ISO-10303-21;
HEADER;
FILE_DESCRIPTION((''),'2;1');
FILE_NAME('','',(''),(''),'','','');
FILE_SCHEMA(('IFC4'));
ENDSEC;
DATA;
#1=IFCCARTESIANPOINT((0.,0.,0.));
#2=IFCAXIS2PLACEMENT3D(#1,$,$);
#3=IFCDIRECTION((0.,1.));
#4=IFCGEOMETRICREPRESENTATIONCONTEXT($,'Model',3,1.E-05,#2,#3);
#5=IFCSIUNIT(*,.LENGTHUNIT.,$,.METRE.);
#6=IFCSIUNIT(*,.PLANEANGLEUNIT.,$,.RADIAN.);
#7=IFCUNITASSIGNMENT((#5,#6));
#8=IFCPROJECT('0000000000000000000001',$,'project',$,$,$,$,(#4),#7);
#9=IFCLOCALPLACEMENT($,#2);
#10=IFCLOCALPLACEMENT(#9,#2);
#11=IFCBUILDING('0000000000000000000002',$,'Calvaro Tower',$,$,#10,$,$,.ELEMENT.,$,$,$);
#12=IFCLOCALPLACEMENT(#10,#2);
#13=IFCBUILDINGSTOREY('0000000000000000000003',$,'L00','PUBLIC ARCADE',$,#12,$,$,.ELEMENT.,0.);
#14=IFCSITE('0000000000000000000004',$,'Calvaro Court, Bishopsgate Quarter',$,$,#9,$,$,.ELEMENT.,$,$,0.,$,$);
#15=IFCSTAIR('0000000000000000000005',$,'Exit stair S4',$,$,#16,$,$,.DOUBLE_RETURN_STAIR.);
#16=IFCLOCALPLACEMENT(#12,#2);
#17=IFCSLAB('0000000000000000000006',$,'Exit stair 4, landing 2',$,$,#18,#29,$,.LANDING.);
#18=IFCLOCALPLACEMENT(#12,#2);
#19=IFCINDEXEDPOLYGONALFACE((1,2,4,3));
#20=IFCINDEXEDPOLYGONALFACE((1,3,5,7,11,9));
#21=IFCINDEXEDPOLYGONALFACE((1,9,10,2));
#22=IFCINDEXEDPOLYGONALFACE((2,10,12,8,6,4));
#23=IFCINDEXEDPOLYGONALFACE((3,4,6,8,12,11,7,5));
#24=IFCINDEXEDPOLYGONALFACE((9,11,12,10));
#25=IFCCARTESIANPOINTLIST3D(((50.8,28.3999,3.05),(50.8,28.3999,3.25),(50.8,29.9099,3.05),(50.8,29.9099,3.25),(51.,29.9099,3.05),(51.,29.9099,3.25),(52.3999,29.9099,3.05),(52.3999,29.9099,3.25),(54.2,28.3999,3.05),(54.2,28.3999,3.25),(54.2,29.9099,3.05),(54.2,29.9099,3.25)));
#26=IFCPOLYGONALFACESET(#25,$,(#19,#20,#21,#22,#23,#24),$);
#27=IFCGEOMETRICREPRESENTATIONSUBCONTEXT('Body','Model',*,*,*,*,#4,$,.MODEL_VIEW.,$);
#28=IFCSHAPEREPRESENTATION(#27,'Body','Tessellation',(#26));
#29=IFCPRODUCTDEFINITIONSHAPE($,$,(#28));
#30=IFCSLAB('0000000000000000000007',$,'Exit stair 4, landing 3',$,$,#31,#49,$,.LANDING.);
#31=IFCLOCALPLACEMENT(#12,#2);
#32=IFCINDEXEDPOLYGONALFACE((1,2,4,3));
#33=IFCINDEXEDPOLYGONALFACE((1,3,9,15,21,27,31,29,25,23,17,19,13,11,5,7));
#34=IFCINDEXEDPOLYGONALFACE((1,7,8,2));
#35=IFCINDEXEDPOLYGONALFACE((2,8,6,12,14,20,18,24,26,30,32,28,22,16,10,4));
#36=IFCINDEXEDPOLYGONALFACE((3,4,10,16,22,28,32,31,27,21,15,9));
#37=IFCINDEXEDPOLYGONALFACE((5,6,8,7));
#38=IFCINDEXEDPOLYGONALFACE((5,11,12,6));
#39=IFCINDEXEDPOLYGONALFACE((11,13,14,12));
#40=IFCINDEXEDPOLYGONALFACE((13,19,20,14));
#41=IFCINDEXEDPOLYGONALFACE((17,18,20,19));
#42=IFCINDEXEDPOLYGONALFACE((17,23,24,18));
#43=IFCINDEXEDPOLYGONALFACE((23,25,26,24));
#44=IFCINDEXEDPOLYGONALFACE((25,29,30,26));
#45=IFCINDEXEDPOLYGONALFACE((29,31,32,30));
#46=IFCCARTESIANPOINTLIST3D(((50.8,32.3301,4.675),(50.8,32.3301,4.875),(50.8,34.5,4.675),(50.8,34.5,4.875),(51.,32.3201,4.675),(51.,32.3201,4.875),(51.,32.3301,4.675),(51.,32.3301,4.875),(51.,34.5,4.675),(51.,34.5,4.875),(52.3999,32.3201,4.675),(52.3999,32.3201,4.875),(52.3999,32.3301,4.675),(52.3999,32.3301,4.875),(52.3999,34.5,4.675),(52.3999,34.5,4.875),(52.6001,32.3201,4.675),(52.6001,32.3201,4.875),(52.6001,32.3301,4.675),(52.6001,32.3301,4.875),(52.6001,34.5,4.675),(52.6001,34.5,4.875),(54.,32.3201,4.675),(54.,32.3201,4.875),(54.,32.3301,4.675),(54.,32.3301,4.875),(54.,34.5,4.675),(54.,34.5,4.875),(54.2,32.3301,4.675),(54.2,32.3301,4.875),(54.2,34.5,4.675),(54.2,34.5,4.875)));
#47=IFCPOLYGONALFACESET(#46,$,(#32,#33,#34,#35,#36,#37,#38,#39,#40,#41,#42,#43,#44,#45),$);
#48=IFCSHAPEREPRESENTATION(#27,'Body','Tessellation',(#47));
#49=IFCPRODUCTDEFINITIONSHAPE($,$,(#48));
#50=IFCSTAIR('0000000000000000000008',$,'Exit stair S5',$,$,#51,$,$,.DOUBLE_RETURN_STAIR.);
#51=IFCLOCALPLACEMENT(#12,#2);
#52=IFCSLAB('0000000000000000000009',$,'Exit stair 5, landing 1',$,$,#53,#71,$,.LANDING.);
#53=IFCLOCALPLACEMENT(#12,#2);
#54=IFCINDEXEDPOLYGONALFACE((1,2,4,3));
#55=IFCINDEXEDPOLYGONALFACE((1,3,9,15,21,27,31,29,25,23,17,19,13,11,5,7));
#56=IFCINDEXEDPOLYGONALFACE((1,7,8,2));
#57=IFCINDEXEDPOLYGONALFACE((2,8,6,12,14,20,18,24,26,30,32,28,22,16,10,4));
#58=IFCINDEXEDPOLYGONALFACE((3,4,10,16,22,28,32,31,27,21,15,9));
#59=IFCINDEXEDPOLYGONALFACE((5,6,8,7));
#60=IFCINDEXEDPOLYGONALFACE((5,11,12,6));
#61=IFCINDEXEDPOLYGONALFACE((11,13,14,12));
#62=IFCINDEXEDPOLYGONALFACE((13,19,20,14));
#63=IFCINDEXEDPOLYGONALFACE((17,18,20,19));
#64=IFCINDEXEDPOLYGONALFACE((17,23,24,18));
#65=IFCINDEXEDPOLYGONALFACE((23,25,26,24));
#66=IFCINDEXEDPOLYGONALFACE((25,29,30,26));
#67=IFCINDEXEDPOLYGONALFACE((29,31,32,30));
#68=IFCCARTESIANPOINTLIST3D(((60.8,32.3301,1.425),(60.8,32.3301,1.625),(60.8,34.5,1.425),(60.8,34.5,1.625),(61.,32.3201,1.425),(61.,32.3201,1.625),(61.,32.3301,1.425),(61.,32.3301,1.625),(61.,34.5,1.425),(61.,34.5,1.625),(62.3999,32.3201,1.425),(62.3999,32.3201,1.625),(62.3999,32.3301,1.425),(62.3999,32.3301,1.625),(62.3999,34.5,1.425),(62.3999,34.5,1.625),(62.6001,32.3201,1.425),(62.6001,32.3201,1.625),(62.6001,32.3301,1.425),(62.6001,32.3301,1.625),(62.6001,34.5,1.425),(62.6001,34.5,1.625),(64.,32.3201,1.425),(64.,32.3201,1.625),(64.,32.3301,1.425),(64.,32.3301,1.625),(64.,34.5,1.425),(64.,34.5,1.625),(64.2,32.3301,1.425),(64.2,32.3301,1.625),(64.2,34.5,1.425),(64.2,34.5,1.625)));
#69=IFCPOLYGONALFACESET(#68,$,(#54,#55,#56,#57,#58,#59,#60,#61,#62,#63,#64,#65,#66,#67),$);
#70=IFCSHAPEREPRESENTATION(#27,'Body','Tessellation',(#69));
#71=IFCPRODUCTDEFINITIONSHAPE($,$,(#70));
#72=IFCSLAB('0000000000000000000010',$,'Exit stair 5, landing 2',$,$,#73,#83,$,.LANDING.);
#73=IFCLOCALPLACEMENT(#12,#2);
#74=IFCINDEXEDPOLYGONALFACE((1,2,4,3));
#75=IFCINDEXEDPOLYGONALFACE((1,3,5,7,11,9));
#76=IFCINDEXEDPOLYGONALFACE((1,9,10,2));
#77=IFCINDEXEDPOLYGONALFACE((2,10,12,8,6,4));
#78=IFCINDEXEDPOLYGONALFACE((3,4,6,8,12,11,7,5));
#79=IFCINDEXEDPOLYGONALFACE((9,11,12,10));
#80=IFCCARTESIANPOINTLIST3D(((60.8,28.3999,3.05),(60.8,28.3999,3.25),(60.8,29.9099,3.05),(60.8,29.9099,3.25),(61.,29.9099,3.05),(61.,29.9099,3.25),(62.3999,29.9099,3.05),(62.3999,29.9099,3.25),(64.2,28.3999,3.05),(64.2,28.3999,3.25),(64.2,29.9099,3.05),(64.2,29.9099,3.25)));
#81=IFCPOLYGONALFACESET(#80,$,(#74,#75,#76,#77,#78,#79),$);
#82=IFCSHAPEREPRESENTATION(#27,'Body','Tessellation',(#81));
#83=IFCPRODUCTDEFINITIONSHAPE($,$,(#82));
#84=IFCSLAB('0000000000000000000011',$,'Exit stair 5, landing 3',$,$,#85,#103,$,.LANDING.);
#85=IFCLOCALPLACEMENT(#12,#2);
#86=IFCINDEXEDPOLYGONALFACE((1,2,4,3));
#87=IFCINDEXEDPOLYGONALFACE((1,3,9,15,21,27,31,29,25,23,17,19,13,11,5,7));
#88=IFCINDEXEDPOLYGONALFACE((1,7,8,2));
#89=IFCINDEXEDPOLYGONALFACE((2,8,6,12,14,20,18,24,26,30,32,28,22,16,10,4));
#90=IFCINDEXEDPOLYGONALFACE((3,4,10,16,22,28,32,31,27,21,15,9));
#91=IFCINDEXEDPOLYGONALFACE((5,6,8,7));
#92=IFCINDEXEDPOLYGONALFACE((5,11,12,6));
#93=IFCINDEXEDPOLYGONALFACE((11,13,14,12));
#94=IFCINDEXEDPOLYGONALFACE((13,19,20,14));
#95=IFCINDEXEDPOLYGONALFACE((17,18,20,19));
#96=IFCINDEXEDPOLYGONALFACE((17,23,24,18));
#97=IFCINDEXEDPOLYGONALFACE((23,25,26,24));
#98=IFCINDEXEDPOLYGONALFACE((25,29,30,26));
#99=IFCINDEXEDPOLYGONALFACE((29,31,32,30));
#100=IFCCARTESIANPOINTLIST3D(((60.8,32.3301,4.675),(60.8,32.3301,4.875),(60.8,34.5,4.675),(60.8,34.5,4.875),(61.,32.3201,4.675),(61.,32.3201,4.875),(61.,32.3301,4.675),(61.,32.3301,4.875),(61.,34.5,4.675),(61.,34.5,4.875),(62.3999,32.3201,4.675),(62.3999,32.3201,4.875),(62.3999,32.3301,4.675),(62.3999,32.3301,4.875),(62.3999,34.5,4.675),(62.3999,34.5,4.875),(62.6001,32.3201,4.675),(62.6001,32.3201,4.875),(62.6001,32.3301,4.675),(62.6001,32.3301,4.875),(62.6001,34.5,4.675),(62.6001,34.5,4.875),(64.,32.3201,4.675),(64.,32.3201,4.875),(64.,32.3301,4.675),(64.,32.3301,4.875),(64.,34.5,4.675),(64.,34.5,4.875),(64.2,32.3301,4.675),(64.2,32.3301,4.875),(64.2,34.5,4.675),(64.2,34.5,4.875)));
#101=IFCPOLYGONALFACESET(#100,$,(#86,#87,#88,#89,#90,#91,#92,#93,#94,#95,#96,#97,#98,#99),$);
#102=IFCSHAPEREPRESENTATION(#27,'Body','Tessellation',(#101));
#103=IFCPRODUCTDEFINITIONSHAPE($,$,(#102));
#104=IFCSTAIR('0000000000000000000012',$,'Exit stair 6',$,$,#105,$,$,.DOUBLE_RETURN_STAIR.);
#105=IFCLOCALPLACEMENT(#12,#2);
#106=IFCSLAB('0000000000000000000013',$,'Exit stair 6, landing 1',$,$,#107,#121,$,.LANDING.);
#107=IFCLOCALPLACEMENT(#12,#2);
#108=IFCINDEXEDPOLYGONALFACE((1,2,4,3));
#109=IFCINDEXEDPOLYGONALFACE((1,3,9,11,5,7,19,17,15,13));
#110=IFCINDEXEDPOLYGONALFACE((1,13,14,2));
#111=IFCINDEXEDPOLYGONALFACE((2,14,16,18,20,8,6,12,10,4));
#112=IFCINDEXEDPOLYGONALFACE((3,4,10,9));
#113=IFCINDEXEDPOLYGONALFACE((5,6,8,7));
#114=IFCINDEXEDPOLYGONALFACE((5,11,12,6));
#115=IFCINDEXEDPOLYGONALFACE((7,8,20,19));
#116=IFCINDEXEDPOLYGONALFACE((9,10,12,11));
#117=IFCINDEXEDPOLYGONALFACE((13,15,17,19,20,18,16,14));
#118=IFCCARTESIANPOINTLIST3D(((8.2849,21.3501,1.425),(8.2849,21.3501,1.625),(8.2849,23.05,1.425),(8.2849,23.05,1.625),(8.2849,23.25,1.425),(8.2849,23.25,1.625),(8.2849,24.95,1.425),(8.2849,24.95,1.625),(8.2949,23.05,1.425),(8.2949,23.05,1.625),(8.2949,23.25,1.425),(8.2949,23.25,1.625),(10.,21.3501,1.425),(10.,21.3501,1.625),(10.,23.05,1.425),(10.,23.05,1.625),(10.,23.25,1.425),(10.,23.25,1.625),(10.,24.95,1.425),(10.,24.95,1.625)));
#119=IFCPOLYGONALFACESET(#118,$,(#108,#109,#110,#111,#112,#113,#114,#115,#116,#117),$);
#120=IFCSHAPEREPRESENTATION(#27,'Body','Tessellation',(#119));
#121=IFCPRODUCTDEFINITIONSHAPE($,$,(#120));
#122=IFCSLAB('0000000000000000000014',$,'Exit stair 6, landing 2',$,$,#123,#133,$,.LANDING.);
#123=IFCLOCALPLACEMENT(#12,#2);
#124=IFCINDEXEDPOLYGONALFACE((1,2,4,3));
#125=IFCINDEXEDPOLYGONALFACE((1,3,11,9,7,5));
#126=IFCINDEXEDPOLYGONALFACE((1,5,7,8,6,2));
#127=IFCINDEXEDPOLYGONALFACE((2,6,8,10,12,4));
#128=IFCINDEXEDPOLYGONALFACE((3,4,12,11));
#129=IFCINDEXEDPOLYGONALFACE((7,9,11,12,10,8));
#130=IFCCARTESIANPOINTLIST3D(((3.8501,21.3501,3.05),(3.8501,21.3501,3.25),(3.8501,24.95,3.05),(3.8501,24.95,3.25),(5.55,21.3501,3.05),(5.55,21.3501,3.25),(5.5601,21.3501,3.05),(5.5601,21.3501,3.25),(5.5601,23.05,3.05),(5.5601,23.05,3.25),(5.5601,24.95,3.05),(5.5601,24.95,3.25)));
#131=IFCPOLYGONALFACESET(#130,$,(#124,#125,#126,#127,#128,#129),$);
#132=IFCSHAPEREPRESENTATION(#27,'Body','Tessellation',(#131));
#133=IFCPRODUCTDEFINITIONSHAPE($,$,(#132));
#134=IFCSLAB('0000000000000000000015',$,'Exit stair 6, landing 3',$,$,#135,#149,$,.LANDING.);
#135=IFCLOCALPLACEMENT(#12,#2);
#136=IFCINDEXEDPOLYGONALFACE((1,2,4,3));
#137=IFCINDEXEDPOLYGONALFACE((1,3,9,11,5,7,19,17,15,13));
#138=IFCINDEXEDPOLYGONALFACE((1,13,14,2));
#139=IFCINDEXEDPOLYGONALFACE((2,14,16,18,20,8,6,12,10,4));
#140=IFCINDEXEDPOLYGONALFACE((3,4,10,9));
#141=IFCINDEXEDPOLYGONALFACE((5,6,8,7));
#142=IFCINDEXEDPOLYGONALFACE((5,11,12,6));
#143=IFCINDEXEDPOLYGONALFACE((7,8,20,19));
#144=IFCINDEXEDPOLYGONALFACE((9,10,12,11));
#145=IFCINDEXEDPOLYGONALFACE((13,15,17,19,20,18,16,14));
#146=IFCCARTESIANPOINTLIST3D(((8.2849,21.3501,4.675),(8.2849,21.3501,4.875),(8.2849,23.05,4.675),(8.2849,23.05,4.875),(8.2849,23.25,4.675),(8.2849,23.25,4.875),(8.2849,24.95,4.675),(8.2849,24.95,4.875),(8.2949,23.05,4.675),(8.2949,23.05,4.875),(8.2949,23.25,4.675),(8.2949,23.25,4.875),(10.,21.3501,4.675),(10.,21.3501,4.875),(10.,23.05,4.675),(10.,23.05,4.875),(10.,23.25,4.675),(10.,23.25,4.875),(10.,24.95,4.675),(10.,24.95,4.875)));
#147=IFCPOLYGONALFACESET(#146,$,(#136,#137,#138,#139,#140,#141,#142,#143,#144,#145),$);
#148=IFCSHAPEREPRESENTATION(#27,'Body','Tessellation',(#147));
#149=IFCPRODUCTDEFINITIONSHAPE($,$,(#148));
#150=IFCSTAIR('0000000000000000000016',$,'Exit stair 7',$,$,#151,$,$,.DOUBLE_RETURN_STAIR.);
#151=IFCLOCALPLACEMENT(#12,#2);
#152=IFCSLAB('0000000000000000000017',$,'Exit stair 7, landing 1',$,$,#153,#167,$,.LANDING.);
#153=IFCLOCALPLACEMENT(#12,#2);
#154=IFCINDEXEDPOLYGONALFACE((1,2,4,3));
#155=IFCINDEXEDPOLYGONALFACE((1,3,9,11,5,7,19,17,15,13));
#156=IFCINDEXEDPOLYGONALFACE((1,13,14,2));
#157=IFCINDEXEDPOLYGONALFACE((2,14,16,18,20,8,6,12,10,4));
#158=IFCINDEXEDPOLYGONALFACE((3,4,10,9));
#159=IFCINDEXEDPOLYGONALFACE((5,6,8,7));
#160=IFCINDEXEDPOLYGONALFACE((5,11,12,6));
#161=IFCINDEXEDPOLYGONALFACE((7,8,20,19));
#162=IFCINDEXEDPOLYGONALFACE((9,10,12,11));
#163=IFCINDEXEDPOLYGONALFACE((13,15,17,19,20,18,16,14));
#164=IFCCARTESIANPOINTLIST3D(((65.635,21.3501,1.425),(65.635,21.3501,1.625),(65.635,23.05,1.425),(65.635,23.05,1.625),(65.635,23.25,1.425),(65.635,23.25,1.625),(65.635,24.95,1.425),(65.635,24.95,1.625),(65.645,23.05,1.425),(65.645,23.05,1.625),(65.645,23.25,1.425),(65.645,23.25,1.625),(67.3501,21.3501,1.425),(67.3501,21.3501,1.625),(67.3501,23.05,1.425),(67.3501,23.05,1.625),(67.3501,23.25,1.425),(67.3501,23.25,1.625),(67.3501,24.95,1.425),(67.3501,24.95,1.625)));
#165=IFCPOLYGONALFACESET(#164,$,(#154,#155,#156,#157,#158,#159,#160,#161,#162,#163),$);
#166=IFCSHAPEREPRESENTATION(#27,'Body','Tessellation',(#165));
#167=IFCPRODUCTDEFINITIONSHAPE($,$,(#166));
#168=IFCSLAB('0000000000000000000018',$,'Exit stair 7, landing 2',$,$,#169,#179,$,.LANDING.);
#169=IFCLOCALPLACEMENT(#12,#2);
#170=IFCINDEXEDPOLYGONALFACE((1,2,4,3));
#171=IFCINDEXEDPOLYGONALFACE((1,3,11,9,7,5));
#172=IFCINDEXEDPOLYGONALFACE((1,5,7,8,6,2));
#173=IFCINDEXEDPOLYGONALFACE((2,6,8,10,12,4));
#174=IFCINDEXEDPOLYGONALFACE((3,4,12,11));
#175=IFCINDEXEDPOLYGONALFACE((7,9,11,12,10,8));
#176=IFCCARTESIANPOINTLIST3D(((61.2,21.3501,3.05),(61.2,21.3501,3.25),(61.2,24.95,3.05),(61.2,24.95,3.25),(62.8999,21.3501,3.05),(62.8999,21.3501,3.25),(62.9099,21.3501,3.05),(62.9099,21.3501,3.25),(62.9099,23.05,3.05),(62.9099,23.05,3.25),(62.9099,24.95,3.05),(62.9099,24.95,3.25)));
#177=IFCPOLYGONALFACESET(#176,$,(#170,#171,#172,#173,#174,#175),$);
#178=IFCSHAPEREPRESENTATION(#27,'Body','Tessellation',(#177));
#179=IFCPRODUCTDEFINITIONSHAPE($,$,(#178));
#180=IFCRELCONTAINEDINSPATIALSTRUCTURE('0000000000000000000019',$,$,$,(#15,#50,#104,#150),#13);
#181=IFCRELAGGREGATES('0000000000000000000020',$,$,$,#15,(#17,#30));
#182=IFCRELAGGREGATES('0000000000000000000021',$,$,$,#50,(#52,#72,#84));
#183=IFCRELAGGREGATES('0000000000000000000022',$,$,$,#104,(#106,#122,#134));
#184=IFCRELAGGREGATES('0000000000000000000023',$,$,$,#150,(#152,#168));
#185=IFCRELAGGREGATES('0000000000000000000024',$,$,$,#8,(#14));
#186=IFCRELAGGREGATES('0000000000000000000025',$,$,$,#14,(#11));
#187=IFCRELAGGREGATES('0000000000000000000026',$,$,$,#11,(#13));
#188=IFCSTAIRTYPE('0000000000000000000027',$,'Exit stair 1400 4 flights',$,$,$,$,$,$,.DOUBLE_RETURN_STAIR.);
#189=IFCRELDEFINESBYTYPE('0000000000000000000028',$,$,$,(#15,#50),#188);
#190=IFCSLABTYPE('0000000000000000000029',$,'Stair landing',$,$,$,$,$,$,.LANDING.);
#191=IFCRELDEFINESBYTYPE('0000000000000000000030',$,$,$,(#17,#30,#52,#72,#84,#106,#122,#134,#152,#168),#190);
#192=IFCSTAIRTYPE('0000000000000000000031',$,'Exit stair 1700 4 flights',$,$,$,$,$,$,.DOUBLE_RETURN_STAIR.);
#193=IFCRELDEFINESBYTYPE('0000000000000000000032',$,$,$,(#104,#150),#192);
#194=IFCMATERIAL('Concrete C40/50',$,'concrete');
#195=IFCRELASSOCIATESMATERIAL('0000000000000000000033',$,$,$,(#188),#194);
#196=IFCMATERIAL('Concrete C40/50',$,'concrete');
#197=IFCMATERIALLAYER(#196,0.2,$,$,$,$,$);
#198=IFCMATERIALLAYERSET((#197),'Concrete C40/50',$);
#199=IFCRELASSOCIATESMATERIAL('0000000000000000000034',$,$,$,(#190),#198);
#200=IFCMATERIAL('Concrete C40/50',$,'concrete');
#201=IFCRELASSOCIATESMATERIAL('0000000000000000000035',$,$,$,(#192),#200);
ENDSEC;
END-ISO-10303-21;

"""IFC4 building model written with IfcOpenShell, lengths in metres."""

from ifc_helpers import new_model, si_unit, direction, frame, origin, place, context, subcontext, project, spatial, polyline, outline, extrude, material, layer, layer_set, type_object, element, aggregate, save


model = new_model("IFC4")

# Units and contexts
model_context = context("Model", 3, precision=1e-05, world=origin(), true_north=direction((0.0, 1.0)))
body_context = subcontext(model_context, "Body", "Model", "MODEL_VIEW")
ifc_project = project(units=[si_unit("LENGTHUNIT", "METRE"), si_unit("PLANEANGLEUNIT", "RADIAN")], contexts=[model_context])

# Site, building, storey
site_placement = place(None, origin())
site = spatial("IfcSite", under=ifc_project, at=site_placement, Name="Calvaro Court, Bishopsgate Quarter", CompositionType="ELEMENT", RefElevation=0.0)
building_placement = place(site_placement, origin())
building = spatial("IfcBuilding", under=site, at=building_placement, Name="Calvaro Tower", CompositionType="ELEMENT")
storey_placement = place(building_placement, origin())
storey = spatial("IfcBuildingStorey", under=building, at=storey_placement, Name="L00", Description="PUBLIC ARCADE", CompositionType="ELEMENT", Elevation=0.0)

# Stairs, slabs
ifc_material_1 = material(Name="Concrete C40/50", Category="concrete")
stair_type_1 = type_object("IfcStairType", Name="Exit stair 1400 4 flights", PredefinedType="DOUBLE_RETURN_STAIR", material=ifc_material_1)
stair_1_placement = place(storey_placement, origin())
stair_1 = element("IfcStair", 1, at=stair_1_placement, inside=storey, type_object=stair_type_1, Name="Exit stair S4", PredefinedType="DOUBLE_RETURN_STAIR")
ifc_material_2 = material(Name="Concrete C40/50", Category="concrete")
ifc_layer_1 = layer(ifc_material_2, 0.2)
ifc_layer_set_1 = layer_set([ifc_layer_1], Name="Concrete C40/50")
slab_type = type_object("IfcSlabType", Name="Stair landing", PredefinedType="LANDING", material=ifc_layer_set_1)
slab_1_placement = place(storey_placement, frame((0.0, 0.0, 3.05)))
slab_1 = element("IfcSlab", 2, at=slab_1_placement, type_object=slab_type, Name="Exit stair 4, landing 2", PredefinedType="LANDING", context=body_context, shape_type="SweptSolid", body=[
    extrude(outline(polyline([(54.2, 29.9099), (54.2, 28.3999), (50.8, 28.3999), (50.8, 29.9099), (51.0, 29.9099), (52.3999, 29.9099), (54.2, 29.9099)])), origin(), (0.0, 0.0, 1.0), 0.2),
])
slab_2_placement = place(storey_placement, frame((0.0, 0.0, 4.675)))
slab_2 = element("IfcSlab", 3, at=slab_2_placement, type_object=slab_type, Name="Exit stair 4, landing 3", PredefinedType="LANDING", context=body_context, shape_type="SweptSolid", body=[
    extrude(outline(polyline([(52.3999, 32.3201), (51.0, 32.3201), (51.0, 32.3301), (50.8, 32.3301), (50.8, 34.5), (51.0, 34.5), (52.3999, 34.5), (52.6001, 34.5), (54.0, 34.5), (54.2, 34.5), (54.2, 32.3301), (54.0, 32.3301), (54.0, 32.3201), (52.6001, 32.3201), (52.6001, 32.3301), (52.3999, 32.3301), (52.3999, 32.3201)])), origin(), (0.0, 0.0, 1.0), 0.2),
])
aggregate(stair_1, [slab_1, slab_2])
stair_2_placement = place(storey_placement, origin())
stair_2 = element("IfcStair", 4, at=stair_2_placement, inside=storey, type_object=stair_type_1, Name="Exit stair S5", PredefinedType="DOUBLE_RETURN_STAIR")
slab_3_placement = place(storey_placement, frame((0.0, 0.0, 1.425)))
slab_3 = element("IfcSlab", 5, at=slab_3_placement, type_object=slab_type, Name="Exit stair 5, landing 1", PredefinedType="LANDING", context=body_context, shape_type="SweptSolid", body=[
    extrude(outline(polyline([(62.3999, 32.3201), (61.0, 32.3201), (61.0, 32.3301), (60.8, 32.3301), (60.8, 34.5), (61.0, 34.5), (62.3999, 34.5), (62.6001, 34.5), (64.0, 34.5), (64.2, 34.5), (64.2, 32.3301), (64.0, 32.3301), (64.0, 32.3201), (62.6001, 32.3201), (62.6001, 32.3301), (62.3999, 32.3301), (62.3999, 32.3201)])), origin(), (0.0, 0.0, 1.0), 0.2),
])
slab_4_placement = place(storey_placement, frame((0.0, 0.0, 3.05)))
slab_4 = element("IfcSlab", 6, at=slab_4_placement, type_object=slab_type, Name="Exit stair 5, landing 2", PredefinedType="LANDING", context=body_context, shape_type="SweptSolid", body=[
    extrude(outline(polyline([(64.2, 29.9099), (64.2, 28.3999), (60.8, 28.3999), (60.8, 29.9099), (61.0, 29.9099), (62.3999, 29.9099), (64.2, 29.9099)])), origin(), (0.0, 0.0, 1.0), 0.2),
])
slab_5_placement = place(storey_placement, frame((0.0, 0.0, 4.675)))
slab_5 = element("IfcSlab", 7, at=slab_5_placement, type_object=slab_type, Name="Exit stair 5, landing 3", PredefinedType="LANDING", context=body_context, shape_type="SweptSolid", body=[
    extrude(outline(polyline([(62.3999, 32.3201), (61.0, 32.3201), (61.0, 32.3301), (60.8, 32.3301), (60.8, 34.5), (61.0, 34.5), (62.3999, 34.5), (62.6001, 34.5), (64.0, 34.5), (64.2, 34.5), (64.2, 32.3301), (64.0, 32.3301), (64.0, 32.3201), (62.6001, 32.3201), (62.6001, 32.3301), (62.3999, 32.3301), (62.3999, 32.3201)])), origin(), (0.0, 0.0, 1.0), 0.2),
])
aggregate(stair_2, [slab_3, slab_4, slab_5])
ifc_material_3 = material(Name="Concrete C40/50", Category="concrete")
stair_type_2 = type_object("IfcStairType", Name="Exit stair 1700 4 flights", PredefinedType="DOUBLE_RETURN_STAIR", material=ifc_material_3)
stair_3_placement = place(storey_placement, origin())
stair_3 = element("IfcStair", 8, at=stair_3_placement, inside=storey, type_object=stair_type_2, Name="Exit stair 6", PredefinedType="DOUBLE_RETURN_STAIR")
slab_6_placement = place(storey_placement, frame((0.0, 0.0, 1.425)))
slab_6 = element("IfcSlab", 9, at=slab_6_placement, type_object=slab_type, Name="Exit stair 6, landing 1", PredefinedType="LANDING", context=body_context, shape_type="SweptSolid", body=[
    extrude(outline(polyline([(8.2949, 23.05), (8.2949, 23.25), (8.2849, 23.25), (8.2849, 24.95), (10.0, 24.95), (10.0, 24.95), (10.0, 23.25), (10.0, 23.05), (10.0, 21.3501), (10.0, 21.3501), (8.2849, 21.3501), (8.2849, 23.05), (8.2949, 23.05)])), origin(), (0.0, 0.0, 1.0), 0.2),
])
slab_7_placement = place(storey_placement, frame((0.0, 0.0, 3.05)))
slab_7 = element("IfcSlab", 10, at=slab_7_placement, type_object=slab_type, Name="Exit stair 6, landing 2", PredefinedType="LANDING", context=body_context, shape_type="SweptSolid", body=[
    extrude(outline(polyline([(5.5601, 23.05), (5.5601, 21.3501), (5.5601, 21.3501), (5.55, 21.3501), (5.55, 21.3501), (3.8501, 21.3501), (3.8501, 24.95), (5.5601, 24.95), (5.5601, 23.05)])), origin(), (0.0, 0.0, 1.0), 0.2),
])
slab_8_placement = place(storey_placement, frame((0.0, 0.0, 4.675)))
slab_8 = element("IfcSlab", 11, at=slab_8_placement, type_object=slab_type, Name="Exit stair 6, landing 3", PredefinedType="LANDING", context=body_context, shape_type="SweptSolid", body=[
    extrude(outline(polyline([(8.2949, 23.05), (8.2949, 23.25), (8.2849, 23.25), (8.2849, 24.95), (10.0, 24.95), (10.0, 24.95), (10.0, 23.25), (10.0, 23.05), (10.0, 21.3501), (10.0, 21.3501), (8.2849, 21.3501), (8.2849, 23.05), (8.2949, 23.05)])), origin(), (0.0, 0.0, 1.0), 0.2),
])
aggregate(stair_3, [slab_6, slab_7, slab_8])
stair_4_placement = place(storey_placement, origin())
stair_4 = element("IfcStair", 12, at=stair_4_placement, inside=storey, type_object=stair_type_2, Name="Exit stair 7", PredefinedType="DOUBLE_RETURN_STAIR")
slab_9_placement = place(storey_placement, frame((0.0, 0.0, 1.425)))
slab_9 = element("IfcSlab", 13, at=slab_9_placement, type_object=slab_type, Name="Exit stair 7, landing 1", PredefinedType="LANDING", context=body_context, shape_type="SweptSolid", body=[
    extrude(outline(polyline([(65.645, 23.05), (65.645, 23.25), (65.635, 23.25), (65.635, 24.95), (67.3501, 24.95), (67.3501, 24.95), (67.3501, 23.25), (67.3501, 23.05), (67.3501, 21.3501), (67.3501, 21.3501), (65.635, 21.3501), (65.635, 23.05), (65.645, 23.05)])), origin(), (0.0, 0.0, 1.0), 0.2),
])
slab_10_placement = place(storey_placement, frame((0.0, 0.0, 3.05)))
slab_10 = element("IfcSlab", 14, at=slab_10_placement, type_object=slab_type, Name="Exit stair 7, landing 2", PredefinedType="LANDING", context=body_context, shape_type="SweptSolid", body=[
    extrude(outline(polyline([(62.9099, 23.05), (62.9099, 21.3501), (62.9099, 21.3501), (62.8999, 21.3501), (62.8999, 21.3501), (61.2, 21.3501), (61.2, 24.95), (62.9099, 24.95), (62.9099, 23.05)])), origin(), (0.0, 0.0, 1.0), 0.2),
])
aggregate(stair_4, [slab_9, slab_10])

save(model, "model.ifc")
